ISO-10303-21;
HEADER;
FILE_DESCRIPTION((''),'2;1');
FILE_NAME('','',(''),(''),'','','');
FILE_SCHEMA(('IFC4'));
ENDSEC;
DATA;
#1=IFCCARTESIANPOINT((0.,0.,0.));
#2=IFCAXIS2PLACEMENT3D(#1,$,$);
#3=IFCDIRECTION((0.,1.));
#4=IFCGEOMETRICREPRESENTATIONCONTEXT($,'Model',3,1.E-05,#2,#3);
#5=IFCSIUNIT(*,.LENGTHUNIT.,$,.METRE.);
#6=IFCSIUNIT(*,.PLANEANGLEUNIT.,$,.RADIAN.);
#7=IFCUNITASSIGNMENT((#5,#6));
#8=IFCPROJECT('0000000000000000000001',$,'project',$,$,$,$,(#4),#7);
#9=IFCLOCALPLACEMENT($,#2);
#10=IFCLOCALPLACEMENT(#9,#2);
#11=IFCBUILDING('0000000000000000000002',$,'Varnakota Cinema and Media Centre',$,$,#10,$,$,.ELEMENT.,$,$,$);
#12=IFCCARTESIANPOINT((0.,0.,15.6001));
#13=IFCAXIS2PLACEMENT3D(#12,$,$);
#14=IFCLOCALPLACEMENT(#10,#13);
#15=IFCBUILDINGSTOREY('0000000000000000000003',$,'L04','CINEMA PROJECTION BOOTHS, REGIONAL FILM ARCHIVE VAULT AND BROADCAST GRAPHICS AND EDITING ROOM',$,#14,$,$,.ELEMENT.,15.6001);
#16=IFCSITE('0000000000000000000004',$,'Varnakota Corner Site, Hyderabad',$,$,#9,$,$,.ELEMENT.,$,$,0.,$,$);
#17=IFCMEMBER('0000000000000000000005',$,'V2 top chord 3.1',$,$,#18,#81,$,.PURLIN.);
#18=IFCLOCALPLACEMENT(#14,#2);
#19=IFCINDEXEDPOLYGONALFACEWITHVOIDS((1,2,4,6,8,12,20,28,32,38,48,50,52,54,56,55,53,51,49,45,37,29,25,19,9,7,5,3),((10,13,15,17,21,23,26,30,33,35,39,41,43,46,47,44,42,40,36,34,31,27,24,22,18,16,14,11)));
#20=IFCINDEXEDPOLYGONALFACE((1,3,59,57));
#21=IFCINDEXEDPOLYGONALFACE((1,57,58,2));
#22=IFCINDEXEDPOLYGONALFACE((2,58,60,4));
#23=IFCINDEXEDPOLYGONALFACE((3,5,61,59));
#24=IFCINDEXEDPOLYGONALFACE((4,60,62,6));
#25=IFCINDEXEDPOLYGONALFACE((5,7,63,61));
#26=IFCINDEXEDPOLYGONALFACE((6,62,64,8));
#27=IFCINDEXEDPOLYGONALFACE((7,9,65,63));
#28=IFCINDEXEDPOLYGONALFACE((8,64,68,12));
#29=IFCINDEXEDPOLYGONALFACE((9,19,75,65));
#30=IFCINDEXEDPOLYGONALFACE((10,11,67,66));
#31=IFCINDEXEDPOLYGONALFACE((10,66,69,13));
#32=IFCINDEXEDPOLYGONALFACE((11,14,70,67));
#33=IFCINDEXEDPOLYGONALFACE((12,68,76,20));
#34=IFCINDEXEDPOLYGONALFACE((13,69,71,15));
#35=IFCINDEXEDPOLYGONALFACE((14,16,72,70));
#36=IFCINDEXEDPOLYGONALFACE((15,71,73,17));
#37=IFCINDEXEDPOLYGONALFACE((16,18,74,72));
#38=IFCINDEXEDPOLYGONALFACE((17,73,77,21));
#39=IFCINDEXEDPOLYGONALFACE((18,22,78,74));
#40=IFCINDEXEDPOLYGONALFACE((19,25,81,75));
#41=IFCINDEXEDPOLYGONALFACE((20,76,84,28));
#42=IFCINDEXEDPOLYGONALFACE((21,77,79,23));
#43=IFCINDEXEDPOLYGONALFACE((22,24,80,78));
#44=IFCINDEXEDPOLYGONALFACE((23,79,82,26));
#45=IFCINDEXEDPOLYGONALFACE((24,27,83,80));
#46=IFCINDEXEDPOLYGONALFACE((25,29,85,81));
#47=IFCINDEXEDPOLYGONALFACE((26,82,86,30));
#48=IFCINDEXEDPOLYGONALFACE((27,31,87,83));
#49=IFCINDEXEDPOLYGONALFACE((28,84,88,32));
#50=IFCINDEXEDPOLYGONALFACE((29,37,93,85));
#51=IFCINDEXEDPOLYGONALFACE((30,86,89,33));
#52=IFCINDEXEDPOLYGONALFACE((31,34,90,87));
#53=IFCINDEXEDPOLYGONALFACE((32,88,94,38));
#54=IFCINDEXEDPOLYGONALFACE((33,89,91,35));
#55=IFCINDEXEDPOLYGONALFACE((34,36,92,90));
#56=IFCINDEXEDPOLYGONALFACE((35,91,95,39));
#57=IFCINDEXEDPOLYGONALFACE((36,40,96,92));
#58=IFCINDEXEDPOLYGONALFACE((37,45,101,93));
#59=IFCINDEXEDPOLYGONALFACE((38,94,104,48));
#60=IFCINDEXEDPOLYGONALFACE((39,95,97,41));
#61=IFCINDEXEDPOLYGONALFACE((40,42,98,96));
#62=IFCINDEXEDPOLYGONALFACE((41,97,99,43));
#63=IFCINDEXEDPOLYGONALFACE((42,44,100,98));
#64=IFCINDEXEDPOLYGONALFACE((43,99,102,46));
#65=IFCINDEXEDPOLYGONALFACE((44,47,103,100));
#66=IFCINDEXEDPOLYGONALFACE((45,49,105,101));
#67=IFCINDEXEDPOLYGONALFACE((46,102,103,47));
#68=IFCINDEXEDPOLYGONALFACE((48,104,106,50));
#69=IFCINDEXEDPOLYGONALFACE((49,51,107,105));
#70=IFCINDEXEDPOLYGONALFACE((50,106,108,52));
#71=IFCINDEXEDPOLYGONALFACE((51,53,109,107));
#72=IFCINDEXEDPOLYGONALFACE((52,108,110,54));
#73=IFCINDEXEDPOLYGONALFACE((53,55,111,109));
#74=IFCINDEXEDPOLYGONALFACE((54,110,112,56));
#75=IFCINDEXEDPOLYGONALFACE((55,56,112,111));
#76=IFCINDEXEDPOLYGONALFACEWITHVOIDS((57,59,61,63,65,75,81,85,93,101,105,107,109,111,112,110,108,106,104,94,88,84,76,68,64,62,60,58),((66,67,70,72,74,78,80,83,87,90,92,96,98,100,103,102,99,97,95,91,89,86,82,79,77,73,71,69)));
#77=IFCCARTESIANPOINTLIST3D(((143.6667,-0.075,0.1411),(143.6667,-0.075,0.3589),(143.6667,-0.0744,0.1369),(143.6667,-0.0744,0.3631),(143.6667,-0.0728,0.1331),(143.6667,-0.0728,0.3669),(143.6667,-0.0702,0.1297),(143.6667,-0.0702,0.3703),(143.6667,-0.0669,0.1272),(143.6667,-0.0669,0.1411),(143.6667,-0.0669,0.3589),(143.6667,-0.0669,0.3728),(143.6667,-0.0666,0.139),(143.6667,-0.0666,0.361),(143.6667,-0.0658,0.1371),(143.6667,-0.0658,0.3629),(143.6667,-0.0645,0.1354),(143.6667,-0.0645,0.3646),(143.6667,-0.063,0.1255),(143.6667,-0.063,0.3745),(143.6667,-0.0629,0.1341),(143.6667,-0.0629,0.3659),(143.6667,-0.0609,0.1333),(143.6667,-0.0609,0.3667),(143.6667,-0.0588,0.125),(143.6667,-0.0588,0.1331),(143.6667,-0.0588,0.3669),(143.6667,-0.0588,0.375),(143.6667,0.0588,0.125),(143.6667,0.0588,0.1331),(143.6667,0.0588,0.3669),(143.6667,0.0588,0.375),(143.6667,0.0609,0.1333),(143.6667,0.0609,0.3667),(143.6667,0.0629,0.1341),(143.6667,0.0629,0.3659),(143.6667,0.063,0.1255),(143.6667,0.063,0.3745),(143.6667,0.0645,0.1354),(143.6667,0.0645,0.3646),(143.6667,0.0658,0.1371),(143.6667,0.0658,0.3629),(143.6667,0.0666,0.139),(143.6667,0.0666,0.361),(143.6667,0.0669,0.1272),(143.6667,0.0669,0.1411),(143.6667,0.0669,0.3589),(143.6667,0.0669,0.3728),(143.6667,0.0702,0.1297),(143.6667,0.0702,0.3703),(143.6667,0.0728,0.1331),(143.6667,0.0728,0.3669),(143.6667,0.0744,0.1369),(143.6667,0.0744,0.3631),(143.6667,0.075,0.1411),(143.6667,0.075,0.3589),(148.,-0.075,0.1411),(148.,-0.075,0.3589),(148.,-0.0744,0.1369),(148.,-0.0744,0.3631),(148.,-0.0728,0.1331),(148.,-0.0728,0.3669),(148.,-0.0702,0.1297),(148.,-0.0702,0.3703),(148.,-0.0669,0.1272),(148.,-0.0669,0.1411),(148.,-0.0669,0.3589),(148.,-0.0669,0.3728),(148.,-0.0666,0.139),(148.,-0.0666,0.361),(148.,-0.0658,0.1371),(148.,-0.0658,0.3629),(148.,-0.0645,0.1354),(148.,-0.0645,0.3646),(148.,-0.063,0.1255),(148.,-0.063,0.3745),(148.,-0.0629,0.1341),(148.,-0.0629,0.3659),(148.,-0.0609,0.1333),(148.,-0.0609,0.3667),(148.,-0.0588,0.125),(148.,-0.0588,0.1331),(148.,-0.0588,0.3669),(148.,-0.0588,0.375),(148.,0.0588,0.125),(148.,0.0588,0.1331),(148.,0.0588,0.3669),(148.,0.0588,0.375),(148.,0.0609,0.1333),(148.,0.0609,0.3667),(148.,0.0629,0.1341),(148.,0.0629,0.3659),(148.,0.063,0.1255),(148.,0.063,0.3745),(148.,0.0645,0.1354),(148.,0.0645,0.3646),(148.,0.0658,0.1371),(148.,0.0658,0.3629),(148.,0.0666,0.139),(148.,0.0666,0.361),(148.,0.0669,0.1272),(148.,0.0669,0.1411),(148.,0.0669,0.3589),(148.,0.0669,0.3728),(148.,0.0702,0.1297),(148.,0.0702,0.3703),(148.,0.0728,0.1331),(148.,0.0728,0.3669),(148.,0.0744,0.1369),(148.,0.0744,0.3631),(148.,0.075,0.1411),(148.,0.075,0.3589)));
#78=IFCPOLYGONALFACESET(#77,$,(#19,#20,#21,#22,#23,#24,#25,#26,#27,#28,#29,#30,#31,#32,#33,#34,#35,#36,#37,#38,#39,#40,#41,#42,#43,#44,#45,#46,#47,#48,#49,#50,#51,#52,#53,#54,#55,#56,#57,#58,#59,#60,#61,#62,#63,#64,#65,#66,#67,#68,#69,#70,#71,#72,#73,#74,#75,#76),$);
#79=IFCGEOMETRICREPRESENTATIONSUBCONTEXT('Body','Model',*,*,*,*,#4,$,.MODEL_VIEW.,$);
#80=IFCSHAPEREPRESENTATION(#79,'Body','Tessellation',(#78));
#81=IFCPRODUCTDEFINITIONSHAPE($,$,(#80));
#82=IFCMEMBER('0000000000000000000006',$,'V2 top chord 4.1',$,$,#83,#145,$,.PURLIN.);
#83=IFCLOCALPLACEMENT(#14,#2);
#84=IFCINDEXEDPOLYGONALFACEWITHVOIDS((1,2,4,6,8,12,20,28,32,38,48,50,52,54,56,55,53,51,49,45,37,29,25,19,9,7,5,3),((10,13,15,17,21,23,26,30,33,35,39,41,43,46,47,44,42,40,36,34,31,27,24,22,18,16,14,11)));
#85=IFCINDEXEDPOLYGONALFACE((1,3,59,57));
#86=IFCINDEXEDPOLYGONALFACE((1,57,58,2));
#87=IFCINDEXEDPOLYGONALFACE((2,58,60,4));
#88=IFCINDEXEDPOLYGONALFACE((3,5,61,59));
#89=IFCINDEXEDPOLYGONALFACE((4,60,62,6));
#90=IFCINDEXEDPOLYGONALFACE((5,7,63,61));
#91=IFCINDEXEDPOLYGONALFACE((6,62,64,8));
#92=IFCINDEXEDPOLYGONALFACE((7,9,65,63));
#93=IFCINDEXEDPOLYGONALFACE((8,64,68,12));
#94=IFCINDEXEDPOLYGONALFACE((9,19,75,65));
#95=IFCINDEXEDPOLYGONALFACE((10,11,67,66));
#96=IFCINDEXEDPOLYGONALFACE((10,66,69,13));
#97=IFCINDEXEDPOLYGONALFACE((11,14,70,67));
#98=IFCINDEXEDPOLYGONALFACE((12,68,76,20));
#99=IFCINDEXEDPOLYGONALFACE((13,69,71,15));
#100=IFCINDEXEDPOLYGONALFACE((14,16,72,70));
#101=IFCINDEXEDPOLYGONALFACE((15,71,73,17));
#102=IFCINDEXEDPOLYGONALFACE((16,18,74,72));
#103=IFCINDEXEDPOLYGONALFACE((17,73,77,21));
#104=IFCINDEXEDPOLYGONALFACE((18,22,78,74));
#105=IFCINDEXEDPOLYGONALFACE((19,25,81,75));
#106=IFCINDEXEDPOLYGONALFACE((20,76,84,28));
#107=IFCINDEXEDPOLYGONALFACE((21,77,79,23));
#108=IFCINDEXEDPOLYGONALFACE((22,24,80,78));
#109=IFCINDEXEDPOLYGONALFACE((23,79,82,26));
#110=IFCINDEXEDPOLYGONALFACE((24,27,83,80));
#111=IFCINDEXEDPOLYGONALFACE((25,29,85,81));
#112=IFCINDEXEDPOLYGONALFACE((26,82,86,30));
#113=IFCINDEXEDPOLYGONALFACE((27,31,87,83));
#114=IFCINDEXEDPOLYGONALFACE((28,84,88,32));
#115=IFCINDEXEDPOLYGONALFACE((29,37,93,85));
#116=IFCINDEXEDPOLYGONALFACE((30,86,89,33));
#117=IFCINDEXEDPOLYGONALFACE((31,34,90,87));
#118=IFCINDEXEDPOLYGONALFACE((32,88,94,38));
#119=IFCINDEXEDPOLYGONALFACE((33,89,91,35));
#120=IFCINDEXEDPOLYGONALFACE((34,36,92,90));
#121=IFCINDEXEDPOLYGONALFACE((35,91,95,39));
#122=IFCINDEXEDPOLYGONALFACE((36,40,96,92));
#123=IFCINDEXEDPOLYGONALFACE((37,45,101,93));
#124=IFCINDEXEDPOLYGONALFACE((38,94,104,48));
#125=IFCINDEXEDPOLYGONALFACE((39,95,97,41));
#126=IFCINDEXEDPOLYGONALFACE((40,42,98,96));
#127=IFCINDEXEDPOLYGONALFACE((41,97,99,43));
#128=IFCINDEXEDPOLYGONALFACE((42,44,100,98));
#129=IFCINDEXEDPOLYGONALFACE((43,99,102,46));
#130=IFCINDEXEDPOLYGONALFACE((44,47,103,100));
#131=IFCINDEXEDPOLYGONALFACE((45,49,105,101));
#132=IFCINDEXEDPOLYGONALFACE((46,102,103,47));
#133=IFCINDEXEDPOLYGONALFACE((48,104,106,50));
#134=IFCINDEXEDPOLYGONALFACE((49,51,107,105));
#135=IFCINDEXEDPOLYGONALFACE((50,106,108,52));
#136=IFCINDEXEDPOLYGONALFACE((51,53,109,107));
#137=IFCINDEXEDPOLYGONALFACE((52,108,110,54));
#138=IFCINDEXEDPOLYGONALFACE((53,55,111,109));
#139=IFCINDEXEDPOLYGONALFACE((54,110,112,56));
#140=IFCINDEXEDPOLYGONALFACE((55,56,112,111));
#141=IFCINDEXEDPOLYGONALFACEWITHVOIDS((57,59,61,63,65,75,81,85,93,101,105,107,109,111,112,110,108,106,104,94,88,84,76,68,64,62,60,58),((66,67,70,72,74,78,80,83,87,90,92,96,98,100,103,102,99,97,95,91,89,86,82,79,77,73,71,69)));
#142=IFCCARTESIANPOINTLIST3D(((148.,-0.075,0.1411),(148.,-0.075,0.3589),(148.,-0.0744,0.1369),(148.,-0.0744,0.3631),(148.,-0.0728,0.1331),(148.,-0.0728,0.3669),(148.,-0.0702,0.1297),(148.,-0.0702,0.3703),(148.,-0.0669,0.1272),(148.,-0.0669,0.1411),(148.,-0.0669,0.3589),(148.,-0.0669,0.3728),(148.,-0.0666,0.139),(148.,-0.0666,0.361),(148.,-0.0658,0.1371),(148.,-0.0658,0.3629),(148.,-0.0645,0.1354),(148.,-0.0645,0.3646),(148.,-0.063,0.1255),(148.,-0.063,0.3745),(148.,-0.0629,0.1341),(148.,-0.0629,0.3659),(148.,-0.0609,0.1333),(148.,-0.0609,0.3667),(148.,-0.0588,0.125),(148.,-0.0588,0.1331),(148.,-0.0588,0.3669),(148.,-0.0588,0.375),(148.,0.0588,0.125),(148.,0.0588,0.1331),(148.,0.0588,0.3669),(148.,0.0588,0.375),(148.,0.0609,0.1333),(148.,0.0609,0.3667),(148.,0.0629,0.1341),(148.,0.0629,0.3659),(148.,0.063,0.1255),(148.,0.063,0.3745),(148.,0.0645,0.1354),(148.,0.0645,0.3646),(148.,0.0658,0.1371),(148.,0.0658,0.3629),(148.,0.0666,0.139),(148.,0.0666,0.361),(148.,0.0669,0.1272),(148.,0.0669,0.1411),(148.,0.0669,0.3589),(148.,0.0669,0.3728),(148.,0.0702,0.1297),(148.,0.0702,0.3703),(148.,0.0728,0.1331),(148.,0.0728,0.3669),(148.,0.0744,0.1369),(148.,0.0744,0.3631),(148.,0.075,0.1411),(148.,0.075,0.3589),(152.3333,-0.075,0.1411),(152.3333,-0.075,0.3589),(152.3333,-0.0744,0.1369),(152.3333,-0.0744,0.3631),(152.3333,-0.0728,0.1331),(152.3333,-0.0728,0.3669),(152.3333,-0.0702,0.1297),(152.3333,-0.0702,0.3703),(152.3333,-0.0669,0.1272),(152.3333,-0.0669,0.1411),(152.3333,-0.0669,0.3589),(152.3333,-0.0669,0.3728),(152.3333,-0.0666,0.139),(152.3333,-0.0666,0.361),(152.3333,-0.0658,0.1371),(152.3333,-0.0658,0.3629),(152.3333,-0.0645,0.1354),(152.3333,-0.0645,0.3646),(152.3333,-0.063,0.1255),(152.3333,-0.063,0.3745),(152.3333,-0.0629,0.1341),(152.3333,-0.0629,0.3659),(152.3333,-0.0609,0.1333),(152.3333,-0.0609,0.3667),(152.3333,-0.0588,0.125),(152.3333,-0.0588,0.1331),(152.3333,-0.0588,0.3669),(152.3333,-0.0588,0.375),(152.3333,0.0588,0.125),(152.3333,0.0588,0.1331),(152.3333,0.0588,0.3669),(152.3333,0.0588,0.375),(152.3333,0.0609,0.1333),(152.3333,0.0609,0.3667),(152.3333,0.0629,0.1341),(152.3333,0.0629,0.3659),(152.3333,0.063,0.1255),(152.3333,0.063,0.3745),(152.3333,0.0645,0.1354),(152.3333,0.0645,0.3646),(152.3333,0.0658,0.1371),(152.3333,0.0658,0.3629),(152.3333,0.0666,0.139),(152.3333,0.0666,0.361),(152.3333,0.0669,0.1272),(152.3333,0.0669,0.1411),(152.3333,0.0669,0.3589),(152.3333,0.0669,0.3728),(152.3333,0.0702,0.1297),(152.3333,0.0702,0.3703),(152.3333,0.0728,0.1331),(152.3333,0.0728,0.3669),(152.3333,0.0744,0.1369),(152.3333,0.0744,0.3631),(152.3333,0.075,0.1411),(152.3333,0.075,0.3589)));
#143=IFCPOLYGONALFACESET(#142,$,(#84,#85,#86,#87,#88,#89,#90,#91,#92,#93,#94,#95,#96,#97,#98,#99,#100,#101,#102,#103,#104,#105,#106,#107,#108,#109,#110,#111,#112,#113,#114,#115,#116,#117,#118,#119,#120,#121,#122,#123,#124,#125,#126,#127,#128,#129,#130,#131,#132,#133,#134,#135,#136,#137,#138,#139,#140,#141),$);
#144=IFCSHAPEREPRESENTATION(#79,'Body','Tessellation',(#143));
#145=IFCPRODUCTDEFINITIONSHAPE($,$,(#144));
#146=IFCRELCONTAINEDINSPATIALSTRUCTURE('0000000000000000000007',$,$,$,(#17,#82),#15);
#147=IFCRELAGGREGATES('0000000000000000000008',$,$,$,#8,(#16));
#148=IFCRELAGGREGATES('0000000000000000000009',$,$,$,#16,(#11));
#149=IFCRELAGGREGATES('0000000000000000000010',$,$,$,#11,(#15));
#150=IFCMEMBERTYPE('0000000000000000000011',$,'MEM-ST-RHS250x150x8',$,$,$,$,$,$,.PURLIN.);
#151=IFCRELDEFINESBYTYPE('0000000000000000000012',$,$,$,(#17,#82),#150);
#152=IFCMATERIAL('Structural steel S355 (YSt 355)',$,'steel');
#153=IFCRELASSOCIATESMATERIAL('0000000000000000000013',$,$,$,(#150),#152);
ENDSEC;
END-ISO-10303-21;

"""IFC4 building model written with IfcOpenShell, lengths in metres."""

from ifc_helpers import new_model, si_unit, direction, frame, origin, origin_2d, place, context, subcontext, project, spatial, hollow_rectangle, extrude, material, material_profile, profile_set, type_object, element, save


model = new_model("IFC4")

# Units and contexts
model_context = context("Model", 3, precision=1e-05, world=origin(), true_north=direction((0.0, 1.0)))
body_context = subcontext(model_context, "Body", "Model", "MODEL_VIEW")
ifc_project = project(units=[si_unit("LENGTHUNIT", "METRE"), si_unit("PLANEANGLEUNIT", "RADIAN")], contexts=[model_context])

# Site, building, storey
site_placement = place(None, origin())
site = spatial("IfcSite", under=ifc_project, at=site_placement, Name="Varnakota Corner Site, Hyderabad", CompositionType="ELEMENT", RefElevation=0.0)
building_placement = place(site_placement, origin())
building = spatial("IfcBuilding", under=site, at=building_placement, Name="Varnakota Cinema and Media Centre", CompositionType="ELEMENT")
storey_placement = place(building_placement, frame((0.0, 0.0, 15.6001)))
storey = spatial("IfcBuildingStorey", under=building, at=storey_placement, Name="L04", Description="CINEMA PROJECTION BOOTHS, REGIONAL FILM ARCHIVE VAULT AND BROADCAST GRAPHICS AND EDITING ROOM", CompositionType="ELEMENT", Elevation=15.6001)

# Members
ifc_material_1 = material(Name="Structural steel S355 (YSt 355)", Category="steel")
ifc_material_profile_1 = material_profile(ifc_material_1, hollow_rectangle(XDim=0.1499, YDim=0.25, WallThickness=0.0081, InnerFilletRadius=0.0081, OuterFilletRadius=0.0161, at=origin_2d()), Name="RHS 250x150x8")
ifc_profile_set_1 = profile_set([ifc_material_profile_1], Name="Structural steel S355 (YSt 355)")
member_type_1 = type_object("IfcMemberType", Name="MEM-ST-RHS250x150x8", PredefinedType="PURLIN", material=ifc_profile_set_1)
for number, where, z_axis, x_axis, name in (
    (1, (143.6667, 0.0, 0.25), (1.0, 0.0, 0.0), (0.0, 1.0, 0.0), "V2 top chord 3.1"),
    (2, (148.0, 0.0, 0.25), (1.0, 0.0, 0.0), (0.0, 1.0, 0.0), "V2 top chord 4.1"),
):
    element("IfcMember", number, at=place(storey_placement, frame(where, z_axis=z_axis, x_axis=x_axis)), inside=storey, type_object=member_type_1, Name=name, PredefinedType="PURLIN", context=body_context, shape_type="SweptSolid", body=[
        extrude(hollow_rectangle(XDim=0.1499, YDim=0.25, WallThickness=0.0081, InnerFilletRadius=0.0081, OuterFilletRadius=0.0161, at=origin_2d()), origin(), (0.0, 0.0, 1.0), 4.3333),
    ])

save(model, "model.ifc")
